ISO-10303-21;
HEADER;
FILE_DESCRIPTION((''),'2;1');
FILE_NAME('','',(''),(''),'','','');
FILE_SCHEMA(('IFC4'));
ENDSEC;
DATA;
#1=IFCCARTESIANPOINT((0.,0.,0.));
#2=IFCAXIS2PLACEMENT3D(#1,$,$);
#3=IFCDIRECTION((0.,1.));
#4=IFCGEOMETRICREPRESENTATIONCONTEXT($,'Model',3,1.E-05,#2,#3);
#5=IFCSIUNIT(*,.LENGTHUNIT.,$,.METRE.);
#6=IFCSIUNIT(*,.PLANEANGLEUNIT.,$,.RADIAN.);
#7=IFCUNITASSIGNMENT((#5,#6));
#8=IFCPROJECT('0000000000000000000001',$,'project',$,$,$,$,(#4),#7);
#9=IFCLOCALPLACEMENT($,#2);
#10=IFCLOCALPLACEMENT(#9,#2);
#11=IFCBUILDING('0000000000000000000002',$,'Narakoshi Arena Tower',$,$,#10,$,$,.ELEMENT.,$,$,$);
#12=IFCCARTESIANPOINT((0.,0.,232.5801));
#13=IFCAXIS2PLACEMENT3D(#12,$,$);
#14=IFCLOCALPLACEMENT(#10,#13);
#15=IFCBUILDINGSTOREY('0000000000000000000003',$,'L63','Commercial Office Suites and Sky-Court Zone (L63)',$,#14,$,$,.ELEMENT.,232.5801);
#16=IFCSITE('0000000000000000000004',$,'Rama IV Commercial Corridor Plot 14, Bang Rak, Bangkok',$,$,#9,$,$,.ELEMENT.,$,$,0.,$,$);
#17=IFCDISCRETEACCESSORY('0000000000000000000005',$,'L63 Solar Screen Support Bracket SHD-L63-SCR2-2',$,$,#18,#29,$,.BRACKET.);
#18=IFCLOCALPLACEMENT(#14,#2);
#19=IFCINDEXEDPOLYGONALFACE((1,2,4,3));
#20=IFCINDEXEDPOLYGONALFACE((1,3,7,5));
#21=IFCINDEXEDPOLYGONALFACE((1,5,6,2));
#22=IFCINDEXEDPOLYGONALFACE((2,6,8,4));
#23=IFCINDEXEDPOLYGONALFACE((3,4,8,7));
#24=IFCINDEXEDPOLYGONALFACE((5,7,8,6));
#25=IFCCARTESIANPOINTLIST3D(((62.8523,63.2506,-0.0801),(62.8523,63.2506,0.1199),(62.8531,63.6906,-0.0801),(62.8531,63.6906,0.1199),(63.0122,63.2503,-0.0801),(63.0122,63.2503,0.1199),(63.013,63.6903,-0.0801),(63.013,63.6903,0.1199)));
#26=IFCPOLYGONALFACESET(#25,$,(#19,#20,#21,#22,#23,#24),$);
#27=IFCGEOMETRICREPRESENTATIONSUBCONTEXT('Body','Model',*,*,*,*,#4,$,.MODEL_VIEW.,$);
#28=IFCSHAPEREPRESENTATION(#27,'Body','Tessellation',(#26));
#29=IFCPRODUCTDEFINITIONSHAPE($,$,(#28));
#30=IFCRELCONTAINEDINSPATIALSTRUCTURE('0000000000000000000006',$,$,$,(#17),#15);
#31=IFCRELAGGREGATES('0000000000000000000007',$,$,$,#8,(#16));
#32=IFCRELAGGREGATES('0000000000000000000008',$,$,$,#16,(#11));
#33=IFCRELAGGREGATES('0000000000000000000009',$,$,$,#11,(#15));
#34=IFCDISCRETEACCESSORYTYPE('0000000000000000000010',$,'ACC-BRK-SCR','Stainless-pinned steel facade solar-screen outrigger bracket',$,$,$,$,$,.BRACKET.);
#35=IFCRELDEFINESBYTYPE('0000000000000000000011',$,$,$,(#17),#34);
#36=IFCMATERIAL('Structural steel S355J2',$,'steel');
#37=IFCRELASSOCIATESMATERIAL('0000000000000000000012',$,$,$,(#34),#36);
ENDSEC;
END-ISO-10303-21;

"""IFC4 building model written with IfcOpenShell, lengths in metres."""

from ifc_helpers import new_model, si_unit, direction, frame, origin, origin_2d, place, context, subcontext, project, spatial, rectangle, extrude, material, type_object, element, save


model = new_model("IFC4")

# Units and contexts
model_context = context("Model", 3, precision=1e-05, world=origin(), true_north=direction((0.0, 1.0)))
body_context = subcontext(model_context, "Body", "Model", "MODEL_VIEW")
ifc_project = project(units=[si_unit("LENGTHUNIT", "METRE"), si_unit("PLANEANGLEUNIT", "RADIAN")], contexts=[model_context])

# Site, building, storey
site_placement = place(None, origin())
site = spatial("IfcSite", under=ifc_project, at=site_placement, Name="Rama IV Commercial Corridor Plot 14, Bang Rak, Bangkok", CompositionType="ELEMENT", RefElevation=0.0)
building_placement = place(site_placement, origin())
building = spatial("IfcBuilding", under=site, at=building_placement, Name="Narakoshi Arena Tower", CompositionType="ELEMENT")
storey_placement = place(building_placement, frame((0.0, 0.0, 232.5801)))
storey = spatial("IfcBuildingStorey", under=building, at=storey_placement, Name="L63", Description="Commercial Office Suites and Sky-Court Zone (L63)", CompositionType="ELEMENT", Elevation=232.5801)

# Shared definitions
ifc_material_1 = material(Name="Structural steel S355J2", Category="steel")

# Discrete accessory
discrete_accessory_type = type_object("IfcDiscreteAccessoryType", Name="ACC-BRK-SCR", Description="Stainless-pinned steel facade solar-screen outrigger bracket", PredefinedType="BRACKET", material=ifc_material_1)
discrete_accessory_placement = place(storey_placement, frame((62.9326, 63.4705, -0.0801), z_axis=(0.0, 0.0, 1.0), x_axis=(-0.999998, 0.001815, 0.0)))
element("IfcDiscreteAccessory", 1, at=discrete_accessory_placement, inside=storey, type_object=discrete_accessory_type, Name="L63 Solar Screen Support Bracket SHD-L63-SCR2-2", PredefinedType="BRACKET", context=body_context, shape_type="SweptSolid", body=[
    extrude(rectangle(XDim=0.1599, YDim=0.4399, at=origin_2d()), origin(), (0.0, 0.0, 1.0), 0.2),
])

save(model, "model.ifc")
